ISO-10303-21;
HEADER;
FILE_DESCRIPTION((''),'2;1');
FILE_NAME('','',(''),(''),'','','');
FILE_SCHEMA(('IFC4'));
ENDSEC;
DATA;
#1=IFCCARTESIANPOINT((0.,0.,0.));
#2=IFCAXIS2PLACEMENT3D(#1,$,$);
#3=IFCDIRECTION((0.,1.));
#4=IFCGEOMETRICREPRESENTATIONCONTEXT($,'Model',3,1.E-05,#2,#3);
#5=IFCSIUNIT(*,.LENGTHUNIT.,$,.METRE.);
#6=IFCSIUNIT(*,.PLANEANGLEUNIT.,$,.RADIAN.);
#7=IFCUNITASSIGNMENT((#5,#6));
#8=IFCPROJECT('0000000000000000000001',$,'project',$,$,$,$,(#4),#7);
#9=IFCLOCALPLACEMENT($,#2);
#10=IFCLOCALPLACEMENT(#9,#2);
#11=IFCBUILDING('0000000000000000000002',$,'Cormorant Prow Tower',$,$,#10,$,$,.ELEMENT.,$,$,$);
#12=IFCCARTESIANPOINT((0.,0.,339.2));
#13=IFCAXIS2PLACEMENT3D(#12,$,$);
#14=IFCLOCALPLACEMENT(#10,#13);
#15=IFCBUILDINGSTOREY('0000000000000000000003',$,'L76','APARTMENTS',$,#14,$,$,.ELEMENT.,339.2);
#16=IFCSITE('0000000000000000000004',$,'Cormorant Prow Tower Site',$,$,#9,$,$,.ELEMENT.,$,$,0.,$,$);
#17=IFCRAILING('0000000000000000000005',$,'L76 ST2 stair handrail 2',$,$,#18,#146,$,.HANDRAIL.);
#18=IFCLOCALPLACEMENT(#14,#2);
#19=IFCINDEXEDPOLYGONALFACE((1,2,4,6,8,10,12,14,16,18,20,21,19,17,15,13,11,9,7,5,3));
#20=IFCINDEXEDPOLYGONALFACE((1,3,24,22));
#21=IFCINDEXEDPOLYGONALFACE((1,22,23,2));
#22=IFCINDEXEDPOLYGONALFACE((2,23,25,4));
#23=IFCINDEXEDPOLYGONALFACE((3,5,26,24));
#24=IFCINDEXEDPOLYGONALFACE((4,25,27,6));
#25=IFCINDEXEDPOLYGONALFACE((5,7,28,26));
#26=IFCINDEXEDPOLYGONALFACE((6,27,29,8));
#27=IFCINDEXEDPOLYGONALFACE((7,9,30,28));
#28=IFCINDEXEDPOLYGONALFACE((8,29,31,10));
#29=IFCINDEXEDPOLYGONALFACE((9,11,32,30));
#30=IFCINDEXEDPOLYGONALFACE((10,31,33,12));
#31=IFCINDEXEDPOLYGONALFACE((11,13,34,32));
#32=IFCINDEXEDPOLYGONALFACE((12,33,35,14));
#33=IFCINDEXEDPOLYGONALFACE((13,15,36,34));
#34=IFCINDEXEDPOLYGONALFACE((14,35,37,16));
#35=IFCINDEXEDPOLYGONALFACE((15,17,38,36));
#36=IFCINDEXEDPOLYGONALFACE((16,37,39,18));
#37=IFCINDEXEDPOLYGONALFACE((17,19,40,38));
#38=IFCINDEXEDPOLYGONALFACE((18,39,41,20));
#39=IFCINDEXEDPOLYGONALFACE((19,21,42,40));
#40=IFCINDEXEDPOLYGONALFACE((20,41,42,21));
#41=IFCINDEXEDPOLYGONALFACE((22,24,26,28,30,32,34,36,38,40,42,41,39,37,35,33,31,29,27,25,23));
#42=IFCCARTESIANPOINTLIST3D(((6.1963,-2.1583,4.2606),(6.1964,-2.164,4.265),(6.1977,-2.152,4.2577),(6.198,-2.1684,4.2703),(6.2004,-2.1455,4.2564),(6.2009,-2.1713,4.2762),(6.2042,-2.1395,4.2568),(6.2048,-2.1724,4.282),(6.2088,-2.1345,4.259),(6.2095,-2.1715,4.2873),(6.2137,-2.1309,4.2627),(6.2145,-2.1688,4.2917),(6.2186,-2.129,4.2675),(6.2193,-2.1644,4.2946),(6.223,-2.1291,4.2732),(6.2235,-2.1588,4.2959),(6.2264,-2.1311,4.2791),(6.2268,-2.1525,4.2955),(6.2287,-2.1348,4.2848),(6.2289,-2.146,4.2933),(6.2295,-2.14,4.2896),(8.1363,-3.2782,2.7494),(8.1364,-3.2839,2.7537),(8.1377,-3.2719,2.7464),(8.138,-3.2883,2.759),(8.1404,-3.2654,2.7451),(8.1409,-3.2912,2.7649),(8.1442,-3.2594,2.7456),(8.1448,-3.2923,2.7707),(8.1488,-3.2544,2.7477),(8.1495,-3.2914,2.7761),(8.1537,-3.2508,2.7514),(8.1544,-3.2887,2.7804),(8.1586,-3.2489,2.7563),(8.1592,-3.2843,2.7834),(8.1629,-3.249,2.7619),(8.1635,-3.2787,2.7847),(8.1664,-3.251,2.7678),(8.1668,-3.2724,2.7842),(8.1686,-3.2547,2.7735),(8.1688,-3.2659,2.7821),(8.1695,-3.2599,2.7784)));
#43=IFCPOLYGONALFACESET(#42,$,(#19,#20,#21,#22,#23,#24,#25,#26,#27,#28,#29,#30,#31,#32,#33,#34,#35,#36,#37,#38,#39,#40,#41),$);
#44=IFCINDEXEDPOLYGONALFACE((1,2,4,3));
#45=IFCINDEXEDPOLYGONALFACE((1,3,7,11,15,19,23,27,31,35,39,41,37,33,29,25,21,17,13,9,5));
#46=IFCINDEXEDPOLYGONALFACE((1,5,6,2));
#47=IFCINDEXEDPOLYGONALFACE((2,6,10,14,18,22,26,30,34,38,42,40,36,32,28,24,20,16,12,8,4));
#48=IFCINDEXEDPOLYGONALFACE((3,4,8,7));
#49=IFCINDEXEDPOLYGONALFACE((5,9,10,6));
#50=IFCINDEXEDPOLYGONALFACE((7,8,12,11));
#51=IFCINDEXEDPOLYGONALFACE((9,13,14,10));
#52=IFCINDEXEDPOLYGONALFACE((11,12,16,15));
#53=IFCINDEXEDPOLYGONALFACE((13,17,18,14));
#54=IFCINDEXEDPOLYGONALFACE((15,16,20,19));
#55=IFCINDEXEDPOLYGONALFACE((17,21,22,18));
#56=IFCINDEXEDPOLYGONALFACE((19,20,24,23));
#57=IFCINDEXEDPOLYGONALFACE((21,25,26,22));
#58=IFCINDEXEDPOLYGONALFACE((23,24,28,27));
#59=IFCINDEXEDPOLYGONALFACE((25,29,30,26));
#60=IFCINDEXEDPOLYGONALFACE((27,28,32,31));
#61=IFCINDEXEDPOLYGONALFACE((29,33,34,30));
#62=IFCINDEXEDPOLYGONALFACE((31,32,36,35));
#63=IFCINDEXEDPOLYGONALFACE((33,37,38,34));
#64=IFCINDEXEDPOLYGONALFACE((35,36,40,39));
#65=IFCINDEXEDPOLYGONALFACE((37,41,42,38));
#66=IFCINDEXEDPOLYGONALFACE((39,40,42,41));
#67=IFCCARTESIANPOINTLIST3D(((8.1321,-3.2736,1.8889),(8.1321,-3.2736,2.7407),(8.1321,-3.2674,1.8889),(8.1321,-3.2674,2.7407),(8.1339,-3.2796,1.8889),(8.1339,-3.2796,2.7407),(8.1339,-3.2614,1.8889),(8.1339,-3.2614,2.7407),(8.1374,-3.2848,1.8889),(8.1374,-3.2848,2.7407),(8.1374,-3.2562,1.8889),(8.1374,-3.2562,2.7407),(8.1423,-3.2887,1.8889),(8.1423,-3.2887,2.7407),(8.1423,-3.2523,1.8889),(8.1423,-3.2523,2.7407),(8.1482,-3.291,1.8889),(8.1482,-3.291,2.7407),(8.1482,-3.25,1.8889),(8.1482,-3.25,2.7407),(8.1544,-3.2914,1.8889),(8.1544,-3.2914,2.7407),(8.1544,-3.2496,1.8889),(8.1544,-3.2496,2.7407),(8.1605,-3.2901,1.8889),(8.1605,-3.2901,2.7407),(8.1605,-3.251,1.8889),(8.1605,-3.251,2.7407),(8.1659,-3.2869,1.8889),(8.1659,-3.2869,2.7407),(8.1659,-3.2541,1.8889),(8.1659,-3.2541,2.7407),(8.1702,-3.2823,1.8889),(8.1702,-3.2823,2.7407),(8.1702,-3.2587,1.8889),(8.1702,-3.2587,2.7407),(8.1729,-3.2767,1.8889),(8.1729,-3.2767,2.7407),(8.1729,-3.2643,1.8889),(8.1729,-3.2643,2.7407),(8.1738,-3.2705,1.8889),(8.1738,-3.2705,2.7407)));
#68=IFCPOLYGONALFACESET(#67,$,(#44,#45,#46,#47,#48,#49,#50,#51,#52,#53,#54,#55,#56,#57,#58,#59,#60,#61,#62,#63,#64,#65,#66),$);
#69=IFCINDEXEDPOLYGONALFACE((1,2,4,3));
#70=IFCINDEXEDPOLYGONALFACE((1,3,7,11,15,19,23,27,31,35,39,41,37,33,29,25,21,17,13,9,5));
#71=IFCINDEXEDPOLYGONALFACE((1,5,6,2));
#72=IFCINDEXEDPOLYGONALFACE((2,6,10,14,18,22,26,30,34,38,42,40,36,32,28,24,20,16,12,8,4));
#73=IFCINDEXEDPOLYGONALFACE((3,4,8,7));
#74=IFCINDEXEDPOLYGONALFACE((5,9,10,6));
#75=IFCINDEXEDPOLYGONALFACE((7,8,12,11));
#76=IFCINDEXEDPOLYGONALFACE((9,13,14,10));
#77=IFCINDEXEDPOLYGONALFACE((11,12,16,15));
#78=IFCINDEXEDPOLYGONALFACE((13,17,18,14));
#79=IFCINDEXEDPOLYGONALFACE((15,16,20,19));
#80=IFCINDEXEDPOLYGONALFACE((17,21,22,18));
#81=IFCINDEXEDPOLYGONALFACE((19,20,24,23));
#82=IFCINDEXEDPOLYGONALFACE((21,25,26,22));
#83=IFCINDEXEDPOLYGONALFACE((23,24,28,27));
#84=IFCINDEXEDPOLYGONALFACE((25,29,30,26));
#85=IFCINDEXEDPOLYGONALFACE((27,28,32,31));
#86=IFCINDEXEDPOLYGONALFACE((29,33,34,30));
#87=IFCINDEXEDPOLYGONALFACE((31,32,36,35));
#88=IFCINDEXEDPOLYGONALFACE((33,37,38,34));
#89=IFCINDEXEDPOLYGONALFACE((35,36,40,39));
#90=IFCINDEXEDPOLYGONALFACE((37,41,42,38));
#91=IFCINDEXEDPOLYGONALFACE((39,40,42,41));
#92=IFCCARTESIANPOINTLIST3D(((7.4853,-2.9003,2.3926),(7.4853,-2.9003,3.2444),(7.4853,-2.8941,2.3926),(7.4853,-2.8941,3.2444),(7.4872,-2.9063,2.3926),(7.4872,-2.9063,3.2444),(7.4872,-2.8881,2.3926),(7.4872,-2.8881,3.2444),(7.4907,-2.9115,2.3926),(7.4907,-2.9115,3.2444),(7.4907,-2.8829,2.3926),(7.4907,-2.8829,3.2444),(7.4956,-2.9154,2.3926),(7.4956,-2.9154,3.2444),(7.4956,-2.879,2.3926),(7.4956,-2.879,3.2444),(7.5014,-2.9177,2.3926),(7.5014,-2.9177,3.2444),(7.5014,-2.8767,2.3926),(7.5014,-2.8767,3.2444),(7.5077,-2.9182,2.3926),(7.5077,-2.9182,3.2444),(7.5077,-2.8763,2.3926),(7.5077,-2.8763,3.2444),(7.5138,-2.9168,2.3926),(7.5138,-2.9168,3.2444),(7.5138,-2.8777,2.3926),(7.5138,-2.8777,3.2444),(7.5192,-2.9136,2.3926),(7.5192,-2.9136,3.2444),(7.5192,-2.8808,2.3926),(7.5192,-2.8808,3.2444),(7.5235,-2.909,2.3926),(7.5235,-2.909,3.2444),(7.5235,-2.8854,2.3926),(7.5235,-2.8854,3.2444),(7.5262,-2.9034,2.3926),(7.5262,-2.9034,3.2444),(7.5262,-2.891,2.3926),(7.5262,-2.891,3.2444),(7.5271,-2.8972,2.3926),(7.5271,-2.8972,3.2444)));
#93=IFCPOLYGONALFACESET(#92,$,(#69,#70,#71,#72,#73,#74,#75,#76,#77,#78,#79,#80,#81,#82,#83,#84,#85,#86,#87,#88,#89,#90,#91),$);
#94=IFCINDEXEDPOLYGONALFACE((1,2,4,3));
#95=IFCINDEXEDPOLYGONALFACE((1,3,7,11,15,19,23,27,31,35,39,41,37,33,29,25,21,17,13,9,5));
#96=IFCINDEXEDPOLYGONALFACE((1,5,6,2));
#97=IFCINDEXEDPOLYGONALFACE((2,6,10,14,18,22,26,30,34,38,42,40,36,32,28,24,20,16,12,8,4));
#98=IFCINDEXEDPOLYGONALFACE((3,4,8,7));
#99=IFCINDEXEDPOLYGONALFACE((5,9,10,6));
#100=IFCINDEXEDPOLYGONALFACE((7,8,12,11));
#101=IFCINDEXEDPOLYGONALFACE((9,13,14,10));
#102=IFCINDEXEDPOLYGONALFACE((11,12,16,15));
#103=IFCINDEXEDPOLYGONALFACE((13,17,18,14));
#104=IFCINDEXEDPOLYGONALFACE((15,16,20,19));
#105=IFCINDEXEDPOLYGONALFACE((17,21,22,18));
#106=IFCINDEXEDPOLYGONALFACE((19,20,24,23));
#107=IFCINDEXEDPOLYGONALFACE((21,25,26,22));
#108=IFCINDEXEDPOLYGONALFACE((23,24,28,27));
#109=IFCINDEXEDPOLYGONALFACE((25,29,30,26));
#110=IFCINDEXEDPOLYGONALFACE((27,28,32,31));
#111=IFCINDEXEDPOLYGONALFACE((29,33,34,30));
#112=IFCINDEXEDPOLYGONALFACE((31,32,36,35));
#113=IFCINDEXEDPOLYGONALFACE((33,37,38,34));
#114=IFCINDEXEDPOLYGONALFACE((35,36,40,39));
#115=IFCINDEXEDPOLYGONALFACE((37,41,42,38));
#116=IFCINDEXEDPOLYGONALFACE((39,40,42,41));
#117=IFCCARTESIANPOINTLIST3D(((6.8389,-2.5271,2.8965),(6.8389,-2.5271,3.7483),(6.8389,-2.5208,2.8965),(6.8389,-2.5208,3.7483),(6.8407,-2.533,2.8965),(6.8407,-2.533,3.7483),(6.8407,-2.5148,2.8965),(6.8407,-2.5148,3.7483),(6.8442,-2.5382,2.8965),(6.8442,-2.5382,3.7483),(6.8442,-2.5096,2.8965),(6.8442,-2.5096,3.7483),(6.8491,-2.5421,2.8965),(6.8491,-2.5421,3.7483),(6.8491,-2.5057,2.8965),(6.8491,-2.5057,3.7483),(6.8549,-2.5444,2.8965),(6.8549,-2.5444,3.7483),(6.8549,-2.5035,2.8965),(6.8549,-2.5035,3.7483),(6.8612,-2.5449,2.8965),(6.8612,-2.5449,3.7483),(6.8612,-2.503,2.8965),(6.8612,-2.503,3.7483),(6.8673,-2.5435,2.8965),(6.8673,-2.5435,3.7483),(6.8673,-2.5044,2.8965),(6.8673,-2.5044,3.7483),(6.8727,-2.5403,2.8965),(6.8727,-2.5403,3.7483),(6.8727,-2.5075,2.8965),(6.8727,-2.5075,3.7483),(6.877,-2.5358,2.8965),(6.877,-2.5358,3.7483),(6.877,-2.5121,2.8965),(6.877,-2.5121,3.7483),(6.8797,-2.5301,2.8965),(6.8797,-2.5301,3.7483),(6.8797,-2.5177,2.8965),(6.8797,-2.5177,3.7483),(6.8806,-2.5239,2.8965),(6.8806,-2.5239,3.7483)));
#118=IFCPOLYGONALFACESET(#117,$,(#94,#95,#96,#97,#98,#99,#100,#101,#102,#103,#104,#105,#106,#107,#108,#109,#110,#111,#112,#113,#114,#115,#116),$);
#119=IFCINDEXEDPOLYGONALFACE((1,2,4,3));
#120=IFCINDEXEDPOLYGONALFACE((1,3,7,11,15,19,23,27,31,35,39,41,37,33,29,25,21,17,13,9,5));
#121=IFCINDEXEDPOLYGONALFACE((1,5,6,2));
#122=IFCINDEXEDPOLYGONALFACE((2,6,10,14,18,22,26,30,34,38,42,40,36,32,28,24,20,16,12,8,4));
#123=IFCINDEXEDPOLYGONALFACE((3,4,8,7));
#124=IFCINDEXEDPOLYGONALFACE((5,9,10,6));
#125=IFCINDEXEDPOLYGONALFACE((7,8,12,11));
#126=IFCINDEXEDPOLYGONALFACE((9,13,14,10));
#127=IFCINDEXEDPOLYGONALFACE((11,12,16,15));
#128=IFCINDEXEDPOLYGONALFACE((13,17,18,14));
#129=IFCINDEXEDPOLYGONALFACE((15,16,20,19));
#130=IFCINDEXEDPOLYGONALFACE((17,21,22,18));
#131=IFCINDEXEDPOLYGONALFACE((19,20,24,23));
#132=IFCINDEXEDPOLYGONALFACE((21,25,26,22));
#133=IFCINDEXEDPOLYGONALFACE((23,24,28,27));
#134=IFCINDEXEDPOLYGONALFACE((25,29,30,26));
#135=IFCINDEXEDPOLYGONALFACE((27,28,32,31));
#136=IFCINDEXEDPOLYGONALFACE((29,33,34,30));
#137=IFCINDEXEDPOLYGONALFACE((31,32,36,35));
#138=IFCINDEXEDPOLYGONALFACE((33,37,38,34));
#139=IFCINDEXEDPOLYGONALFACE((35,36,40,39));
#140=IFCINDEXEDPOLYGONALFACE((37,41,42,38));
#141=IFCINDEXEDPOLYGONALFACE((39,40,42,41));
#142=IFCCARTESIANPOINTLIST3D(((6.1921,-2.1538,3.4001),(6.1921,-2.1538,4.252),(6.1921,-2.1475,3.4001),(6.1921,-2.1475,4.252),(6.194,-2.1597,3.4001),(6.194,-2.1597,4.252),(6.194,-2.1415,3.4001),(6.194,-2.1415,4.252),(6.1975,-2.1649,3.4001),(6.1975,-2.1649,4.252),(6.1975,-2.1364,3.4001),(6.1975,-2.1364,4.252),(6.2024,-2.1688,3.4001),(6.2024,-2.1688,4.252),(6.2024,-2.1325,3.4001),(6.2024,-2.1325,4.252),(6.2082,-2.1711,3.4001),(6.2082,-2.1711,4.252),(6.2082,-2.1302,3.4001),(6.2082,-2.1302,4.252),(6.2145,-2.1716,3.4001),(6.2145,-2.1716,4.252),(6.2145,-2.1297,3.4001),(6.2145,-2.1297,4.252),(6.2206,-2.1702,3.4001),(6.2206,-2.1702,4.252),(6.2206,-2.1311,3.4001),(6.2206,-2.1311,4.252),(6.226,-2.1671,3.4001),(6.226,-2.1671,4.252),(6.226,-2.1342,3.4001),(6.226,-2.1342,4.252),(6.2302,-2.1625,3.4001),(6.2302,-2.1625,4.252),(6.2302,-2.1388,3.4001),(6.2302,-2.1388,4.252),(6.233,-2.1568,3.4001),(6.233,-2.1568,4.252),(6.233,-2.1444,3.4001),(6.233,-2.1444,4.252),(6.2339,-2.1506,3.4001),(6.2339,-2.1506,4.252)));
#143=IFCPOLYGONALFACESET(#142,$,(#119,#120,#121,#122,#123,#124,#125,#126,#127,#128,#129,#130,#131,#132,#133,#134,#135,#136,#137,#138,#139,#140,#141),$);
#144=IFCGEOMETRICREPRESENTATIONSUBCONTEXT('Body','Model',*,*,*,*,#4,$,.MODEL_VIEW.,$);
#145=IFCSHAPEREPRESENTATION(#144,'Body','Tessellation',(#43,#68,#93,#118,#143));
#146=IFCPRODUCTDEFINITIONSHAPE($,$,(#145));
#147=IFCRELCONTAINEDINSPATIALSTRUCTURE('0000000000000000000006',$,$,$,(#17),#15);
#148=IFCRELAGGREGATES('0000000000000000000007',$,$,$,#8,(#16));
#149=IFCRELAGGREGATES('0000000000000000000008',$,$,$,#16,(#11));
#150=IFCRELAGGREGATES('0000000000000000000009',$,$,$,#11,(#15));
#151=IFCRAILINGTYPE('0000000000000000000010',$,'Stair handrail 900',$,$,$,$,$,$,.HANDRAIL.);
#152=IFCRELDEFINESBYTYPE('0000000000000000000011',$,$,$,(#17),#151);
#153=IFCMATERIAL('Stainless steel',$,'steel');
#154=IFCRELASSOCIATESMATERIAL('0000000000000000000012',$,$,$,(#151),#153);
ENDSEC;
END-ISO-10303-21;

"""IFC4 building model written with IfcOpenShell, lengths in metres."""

from ifc_helpers import new_model, si_unit, direction, frame, origin, origin_2d, place, context, subcontext, project, spatial, circle, extrude, material, type_object, element, save


model = new_model("IFC4")

# Units and contexts
model_context = context("Model", 3, precision=1e-05, world=origin(), true_north=direction((0.0, 1.0)))
body_context = subcontext(model_context, "Body", "Model", "MODEL_VIEW")
ifc_project = project(units=[si_unit("LENGTHUNIT", "METRE"), si_unit("PLANEANGLEUNIT", "RADIAN")], contexts=[model_context])

# Site, building, storey
site_placement = place(None, origin())
site = spatial("IfcSite", under=ifc_project, at=site_placement, Name="Cormorant Prow Tower Site", CompositionType="ELEMENT", RefElevation=0.0)
building_placement = place(site_placement, origin())
building = spatial("IfcBuilding", under=site, at=building_placement, Name="Cormorant Prow Tower", CompositionType="ELEMENT")
storey_placement = place(building_placement, frame((0.0, 0.0, 339.2)))
storey = spatial("IfcBuildingStorey", under=building, at=storey_placement, Name="L76", Description="APARTMENTS", CompositionType="ELEMENT", Elevation=339.2)

# Railing
ifc_material_1 = material(Name="Stainless steel", Category="steel")
railing_type_1 = type_object("IfcRailingType", Name="Stair handrail 900", PredefinedType="HANDRAIL", material=ifc_material_1)
railing_1_placement = place(storey_placement, frame((8.1528, -3.2705, 1.8889)))
element("IfcRailing", 1, at=railing_1_placement, inside=storey, type_object=railing_type_1, Name="L76 ST2 stair handrail 2", PredefinedType="HANDRAIL", context=body_context, shape_type="SweptSolid", body=[
    extrude(circle(Radius=0.0239, at=origin_2d()), frame((0.0, 0.0, 0.876), z_axis=(-0.71794, 0.414447, 0.559281), x_axis=(-0.499949, -0.866055, 0.0)), (0.0, 0.0, 1.0), 2.7021),
    extrude(circle(Radius=0.021, at=origin_2d()), origin(), (0.0, 0.0, 1.0), 0.8518),
    extrude(circle(Radius=0.021, at=origin_2d()), frame((-0.6467, 0.3733, 0.5037)), (0.0, 0.0, 1.0), 0.8518),
    extrude(circle(Radius=0.021, at=origin_2d()), frame((-1.2932, 0.7466, 1.0076)), (0.0, 0.0, 1.0), 0.8518),
    extrude(circle(Radius=0.021, at=origin_2d()), frame((-1.9399, 1.1199, 1.5112)), (0.0, 0.0, 1.0), 0.8518),
])

save(model, "model.ifc")
